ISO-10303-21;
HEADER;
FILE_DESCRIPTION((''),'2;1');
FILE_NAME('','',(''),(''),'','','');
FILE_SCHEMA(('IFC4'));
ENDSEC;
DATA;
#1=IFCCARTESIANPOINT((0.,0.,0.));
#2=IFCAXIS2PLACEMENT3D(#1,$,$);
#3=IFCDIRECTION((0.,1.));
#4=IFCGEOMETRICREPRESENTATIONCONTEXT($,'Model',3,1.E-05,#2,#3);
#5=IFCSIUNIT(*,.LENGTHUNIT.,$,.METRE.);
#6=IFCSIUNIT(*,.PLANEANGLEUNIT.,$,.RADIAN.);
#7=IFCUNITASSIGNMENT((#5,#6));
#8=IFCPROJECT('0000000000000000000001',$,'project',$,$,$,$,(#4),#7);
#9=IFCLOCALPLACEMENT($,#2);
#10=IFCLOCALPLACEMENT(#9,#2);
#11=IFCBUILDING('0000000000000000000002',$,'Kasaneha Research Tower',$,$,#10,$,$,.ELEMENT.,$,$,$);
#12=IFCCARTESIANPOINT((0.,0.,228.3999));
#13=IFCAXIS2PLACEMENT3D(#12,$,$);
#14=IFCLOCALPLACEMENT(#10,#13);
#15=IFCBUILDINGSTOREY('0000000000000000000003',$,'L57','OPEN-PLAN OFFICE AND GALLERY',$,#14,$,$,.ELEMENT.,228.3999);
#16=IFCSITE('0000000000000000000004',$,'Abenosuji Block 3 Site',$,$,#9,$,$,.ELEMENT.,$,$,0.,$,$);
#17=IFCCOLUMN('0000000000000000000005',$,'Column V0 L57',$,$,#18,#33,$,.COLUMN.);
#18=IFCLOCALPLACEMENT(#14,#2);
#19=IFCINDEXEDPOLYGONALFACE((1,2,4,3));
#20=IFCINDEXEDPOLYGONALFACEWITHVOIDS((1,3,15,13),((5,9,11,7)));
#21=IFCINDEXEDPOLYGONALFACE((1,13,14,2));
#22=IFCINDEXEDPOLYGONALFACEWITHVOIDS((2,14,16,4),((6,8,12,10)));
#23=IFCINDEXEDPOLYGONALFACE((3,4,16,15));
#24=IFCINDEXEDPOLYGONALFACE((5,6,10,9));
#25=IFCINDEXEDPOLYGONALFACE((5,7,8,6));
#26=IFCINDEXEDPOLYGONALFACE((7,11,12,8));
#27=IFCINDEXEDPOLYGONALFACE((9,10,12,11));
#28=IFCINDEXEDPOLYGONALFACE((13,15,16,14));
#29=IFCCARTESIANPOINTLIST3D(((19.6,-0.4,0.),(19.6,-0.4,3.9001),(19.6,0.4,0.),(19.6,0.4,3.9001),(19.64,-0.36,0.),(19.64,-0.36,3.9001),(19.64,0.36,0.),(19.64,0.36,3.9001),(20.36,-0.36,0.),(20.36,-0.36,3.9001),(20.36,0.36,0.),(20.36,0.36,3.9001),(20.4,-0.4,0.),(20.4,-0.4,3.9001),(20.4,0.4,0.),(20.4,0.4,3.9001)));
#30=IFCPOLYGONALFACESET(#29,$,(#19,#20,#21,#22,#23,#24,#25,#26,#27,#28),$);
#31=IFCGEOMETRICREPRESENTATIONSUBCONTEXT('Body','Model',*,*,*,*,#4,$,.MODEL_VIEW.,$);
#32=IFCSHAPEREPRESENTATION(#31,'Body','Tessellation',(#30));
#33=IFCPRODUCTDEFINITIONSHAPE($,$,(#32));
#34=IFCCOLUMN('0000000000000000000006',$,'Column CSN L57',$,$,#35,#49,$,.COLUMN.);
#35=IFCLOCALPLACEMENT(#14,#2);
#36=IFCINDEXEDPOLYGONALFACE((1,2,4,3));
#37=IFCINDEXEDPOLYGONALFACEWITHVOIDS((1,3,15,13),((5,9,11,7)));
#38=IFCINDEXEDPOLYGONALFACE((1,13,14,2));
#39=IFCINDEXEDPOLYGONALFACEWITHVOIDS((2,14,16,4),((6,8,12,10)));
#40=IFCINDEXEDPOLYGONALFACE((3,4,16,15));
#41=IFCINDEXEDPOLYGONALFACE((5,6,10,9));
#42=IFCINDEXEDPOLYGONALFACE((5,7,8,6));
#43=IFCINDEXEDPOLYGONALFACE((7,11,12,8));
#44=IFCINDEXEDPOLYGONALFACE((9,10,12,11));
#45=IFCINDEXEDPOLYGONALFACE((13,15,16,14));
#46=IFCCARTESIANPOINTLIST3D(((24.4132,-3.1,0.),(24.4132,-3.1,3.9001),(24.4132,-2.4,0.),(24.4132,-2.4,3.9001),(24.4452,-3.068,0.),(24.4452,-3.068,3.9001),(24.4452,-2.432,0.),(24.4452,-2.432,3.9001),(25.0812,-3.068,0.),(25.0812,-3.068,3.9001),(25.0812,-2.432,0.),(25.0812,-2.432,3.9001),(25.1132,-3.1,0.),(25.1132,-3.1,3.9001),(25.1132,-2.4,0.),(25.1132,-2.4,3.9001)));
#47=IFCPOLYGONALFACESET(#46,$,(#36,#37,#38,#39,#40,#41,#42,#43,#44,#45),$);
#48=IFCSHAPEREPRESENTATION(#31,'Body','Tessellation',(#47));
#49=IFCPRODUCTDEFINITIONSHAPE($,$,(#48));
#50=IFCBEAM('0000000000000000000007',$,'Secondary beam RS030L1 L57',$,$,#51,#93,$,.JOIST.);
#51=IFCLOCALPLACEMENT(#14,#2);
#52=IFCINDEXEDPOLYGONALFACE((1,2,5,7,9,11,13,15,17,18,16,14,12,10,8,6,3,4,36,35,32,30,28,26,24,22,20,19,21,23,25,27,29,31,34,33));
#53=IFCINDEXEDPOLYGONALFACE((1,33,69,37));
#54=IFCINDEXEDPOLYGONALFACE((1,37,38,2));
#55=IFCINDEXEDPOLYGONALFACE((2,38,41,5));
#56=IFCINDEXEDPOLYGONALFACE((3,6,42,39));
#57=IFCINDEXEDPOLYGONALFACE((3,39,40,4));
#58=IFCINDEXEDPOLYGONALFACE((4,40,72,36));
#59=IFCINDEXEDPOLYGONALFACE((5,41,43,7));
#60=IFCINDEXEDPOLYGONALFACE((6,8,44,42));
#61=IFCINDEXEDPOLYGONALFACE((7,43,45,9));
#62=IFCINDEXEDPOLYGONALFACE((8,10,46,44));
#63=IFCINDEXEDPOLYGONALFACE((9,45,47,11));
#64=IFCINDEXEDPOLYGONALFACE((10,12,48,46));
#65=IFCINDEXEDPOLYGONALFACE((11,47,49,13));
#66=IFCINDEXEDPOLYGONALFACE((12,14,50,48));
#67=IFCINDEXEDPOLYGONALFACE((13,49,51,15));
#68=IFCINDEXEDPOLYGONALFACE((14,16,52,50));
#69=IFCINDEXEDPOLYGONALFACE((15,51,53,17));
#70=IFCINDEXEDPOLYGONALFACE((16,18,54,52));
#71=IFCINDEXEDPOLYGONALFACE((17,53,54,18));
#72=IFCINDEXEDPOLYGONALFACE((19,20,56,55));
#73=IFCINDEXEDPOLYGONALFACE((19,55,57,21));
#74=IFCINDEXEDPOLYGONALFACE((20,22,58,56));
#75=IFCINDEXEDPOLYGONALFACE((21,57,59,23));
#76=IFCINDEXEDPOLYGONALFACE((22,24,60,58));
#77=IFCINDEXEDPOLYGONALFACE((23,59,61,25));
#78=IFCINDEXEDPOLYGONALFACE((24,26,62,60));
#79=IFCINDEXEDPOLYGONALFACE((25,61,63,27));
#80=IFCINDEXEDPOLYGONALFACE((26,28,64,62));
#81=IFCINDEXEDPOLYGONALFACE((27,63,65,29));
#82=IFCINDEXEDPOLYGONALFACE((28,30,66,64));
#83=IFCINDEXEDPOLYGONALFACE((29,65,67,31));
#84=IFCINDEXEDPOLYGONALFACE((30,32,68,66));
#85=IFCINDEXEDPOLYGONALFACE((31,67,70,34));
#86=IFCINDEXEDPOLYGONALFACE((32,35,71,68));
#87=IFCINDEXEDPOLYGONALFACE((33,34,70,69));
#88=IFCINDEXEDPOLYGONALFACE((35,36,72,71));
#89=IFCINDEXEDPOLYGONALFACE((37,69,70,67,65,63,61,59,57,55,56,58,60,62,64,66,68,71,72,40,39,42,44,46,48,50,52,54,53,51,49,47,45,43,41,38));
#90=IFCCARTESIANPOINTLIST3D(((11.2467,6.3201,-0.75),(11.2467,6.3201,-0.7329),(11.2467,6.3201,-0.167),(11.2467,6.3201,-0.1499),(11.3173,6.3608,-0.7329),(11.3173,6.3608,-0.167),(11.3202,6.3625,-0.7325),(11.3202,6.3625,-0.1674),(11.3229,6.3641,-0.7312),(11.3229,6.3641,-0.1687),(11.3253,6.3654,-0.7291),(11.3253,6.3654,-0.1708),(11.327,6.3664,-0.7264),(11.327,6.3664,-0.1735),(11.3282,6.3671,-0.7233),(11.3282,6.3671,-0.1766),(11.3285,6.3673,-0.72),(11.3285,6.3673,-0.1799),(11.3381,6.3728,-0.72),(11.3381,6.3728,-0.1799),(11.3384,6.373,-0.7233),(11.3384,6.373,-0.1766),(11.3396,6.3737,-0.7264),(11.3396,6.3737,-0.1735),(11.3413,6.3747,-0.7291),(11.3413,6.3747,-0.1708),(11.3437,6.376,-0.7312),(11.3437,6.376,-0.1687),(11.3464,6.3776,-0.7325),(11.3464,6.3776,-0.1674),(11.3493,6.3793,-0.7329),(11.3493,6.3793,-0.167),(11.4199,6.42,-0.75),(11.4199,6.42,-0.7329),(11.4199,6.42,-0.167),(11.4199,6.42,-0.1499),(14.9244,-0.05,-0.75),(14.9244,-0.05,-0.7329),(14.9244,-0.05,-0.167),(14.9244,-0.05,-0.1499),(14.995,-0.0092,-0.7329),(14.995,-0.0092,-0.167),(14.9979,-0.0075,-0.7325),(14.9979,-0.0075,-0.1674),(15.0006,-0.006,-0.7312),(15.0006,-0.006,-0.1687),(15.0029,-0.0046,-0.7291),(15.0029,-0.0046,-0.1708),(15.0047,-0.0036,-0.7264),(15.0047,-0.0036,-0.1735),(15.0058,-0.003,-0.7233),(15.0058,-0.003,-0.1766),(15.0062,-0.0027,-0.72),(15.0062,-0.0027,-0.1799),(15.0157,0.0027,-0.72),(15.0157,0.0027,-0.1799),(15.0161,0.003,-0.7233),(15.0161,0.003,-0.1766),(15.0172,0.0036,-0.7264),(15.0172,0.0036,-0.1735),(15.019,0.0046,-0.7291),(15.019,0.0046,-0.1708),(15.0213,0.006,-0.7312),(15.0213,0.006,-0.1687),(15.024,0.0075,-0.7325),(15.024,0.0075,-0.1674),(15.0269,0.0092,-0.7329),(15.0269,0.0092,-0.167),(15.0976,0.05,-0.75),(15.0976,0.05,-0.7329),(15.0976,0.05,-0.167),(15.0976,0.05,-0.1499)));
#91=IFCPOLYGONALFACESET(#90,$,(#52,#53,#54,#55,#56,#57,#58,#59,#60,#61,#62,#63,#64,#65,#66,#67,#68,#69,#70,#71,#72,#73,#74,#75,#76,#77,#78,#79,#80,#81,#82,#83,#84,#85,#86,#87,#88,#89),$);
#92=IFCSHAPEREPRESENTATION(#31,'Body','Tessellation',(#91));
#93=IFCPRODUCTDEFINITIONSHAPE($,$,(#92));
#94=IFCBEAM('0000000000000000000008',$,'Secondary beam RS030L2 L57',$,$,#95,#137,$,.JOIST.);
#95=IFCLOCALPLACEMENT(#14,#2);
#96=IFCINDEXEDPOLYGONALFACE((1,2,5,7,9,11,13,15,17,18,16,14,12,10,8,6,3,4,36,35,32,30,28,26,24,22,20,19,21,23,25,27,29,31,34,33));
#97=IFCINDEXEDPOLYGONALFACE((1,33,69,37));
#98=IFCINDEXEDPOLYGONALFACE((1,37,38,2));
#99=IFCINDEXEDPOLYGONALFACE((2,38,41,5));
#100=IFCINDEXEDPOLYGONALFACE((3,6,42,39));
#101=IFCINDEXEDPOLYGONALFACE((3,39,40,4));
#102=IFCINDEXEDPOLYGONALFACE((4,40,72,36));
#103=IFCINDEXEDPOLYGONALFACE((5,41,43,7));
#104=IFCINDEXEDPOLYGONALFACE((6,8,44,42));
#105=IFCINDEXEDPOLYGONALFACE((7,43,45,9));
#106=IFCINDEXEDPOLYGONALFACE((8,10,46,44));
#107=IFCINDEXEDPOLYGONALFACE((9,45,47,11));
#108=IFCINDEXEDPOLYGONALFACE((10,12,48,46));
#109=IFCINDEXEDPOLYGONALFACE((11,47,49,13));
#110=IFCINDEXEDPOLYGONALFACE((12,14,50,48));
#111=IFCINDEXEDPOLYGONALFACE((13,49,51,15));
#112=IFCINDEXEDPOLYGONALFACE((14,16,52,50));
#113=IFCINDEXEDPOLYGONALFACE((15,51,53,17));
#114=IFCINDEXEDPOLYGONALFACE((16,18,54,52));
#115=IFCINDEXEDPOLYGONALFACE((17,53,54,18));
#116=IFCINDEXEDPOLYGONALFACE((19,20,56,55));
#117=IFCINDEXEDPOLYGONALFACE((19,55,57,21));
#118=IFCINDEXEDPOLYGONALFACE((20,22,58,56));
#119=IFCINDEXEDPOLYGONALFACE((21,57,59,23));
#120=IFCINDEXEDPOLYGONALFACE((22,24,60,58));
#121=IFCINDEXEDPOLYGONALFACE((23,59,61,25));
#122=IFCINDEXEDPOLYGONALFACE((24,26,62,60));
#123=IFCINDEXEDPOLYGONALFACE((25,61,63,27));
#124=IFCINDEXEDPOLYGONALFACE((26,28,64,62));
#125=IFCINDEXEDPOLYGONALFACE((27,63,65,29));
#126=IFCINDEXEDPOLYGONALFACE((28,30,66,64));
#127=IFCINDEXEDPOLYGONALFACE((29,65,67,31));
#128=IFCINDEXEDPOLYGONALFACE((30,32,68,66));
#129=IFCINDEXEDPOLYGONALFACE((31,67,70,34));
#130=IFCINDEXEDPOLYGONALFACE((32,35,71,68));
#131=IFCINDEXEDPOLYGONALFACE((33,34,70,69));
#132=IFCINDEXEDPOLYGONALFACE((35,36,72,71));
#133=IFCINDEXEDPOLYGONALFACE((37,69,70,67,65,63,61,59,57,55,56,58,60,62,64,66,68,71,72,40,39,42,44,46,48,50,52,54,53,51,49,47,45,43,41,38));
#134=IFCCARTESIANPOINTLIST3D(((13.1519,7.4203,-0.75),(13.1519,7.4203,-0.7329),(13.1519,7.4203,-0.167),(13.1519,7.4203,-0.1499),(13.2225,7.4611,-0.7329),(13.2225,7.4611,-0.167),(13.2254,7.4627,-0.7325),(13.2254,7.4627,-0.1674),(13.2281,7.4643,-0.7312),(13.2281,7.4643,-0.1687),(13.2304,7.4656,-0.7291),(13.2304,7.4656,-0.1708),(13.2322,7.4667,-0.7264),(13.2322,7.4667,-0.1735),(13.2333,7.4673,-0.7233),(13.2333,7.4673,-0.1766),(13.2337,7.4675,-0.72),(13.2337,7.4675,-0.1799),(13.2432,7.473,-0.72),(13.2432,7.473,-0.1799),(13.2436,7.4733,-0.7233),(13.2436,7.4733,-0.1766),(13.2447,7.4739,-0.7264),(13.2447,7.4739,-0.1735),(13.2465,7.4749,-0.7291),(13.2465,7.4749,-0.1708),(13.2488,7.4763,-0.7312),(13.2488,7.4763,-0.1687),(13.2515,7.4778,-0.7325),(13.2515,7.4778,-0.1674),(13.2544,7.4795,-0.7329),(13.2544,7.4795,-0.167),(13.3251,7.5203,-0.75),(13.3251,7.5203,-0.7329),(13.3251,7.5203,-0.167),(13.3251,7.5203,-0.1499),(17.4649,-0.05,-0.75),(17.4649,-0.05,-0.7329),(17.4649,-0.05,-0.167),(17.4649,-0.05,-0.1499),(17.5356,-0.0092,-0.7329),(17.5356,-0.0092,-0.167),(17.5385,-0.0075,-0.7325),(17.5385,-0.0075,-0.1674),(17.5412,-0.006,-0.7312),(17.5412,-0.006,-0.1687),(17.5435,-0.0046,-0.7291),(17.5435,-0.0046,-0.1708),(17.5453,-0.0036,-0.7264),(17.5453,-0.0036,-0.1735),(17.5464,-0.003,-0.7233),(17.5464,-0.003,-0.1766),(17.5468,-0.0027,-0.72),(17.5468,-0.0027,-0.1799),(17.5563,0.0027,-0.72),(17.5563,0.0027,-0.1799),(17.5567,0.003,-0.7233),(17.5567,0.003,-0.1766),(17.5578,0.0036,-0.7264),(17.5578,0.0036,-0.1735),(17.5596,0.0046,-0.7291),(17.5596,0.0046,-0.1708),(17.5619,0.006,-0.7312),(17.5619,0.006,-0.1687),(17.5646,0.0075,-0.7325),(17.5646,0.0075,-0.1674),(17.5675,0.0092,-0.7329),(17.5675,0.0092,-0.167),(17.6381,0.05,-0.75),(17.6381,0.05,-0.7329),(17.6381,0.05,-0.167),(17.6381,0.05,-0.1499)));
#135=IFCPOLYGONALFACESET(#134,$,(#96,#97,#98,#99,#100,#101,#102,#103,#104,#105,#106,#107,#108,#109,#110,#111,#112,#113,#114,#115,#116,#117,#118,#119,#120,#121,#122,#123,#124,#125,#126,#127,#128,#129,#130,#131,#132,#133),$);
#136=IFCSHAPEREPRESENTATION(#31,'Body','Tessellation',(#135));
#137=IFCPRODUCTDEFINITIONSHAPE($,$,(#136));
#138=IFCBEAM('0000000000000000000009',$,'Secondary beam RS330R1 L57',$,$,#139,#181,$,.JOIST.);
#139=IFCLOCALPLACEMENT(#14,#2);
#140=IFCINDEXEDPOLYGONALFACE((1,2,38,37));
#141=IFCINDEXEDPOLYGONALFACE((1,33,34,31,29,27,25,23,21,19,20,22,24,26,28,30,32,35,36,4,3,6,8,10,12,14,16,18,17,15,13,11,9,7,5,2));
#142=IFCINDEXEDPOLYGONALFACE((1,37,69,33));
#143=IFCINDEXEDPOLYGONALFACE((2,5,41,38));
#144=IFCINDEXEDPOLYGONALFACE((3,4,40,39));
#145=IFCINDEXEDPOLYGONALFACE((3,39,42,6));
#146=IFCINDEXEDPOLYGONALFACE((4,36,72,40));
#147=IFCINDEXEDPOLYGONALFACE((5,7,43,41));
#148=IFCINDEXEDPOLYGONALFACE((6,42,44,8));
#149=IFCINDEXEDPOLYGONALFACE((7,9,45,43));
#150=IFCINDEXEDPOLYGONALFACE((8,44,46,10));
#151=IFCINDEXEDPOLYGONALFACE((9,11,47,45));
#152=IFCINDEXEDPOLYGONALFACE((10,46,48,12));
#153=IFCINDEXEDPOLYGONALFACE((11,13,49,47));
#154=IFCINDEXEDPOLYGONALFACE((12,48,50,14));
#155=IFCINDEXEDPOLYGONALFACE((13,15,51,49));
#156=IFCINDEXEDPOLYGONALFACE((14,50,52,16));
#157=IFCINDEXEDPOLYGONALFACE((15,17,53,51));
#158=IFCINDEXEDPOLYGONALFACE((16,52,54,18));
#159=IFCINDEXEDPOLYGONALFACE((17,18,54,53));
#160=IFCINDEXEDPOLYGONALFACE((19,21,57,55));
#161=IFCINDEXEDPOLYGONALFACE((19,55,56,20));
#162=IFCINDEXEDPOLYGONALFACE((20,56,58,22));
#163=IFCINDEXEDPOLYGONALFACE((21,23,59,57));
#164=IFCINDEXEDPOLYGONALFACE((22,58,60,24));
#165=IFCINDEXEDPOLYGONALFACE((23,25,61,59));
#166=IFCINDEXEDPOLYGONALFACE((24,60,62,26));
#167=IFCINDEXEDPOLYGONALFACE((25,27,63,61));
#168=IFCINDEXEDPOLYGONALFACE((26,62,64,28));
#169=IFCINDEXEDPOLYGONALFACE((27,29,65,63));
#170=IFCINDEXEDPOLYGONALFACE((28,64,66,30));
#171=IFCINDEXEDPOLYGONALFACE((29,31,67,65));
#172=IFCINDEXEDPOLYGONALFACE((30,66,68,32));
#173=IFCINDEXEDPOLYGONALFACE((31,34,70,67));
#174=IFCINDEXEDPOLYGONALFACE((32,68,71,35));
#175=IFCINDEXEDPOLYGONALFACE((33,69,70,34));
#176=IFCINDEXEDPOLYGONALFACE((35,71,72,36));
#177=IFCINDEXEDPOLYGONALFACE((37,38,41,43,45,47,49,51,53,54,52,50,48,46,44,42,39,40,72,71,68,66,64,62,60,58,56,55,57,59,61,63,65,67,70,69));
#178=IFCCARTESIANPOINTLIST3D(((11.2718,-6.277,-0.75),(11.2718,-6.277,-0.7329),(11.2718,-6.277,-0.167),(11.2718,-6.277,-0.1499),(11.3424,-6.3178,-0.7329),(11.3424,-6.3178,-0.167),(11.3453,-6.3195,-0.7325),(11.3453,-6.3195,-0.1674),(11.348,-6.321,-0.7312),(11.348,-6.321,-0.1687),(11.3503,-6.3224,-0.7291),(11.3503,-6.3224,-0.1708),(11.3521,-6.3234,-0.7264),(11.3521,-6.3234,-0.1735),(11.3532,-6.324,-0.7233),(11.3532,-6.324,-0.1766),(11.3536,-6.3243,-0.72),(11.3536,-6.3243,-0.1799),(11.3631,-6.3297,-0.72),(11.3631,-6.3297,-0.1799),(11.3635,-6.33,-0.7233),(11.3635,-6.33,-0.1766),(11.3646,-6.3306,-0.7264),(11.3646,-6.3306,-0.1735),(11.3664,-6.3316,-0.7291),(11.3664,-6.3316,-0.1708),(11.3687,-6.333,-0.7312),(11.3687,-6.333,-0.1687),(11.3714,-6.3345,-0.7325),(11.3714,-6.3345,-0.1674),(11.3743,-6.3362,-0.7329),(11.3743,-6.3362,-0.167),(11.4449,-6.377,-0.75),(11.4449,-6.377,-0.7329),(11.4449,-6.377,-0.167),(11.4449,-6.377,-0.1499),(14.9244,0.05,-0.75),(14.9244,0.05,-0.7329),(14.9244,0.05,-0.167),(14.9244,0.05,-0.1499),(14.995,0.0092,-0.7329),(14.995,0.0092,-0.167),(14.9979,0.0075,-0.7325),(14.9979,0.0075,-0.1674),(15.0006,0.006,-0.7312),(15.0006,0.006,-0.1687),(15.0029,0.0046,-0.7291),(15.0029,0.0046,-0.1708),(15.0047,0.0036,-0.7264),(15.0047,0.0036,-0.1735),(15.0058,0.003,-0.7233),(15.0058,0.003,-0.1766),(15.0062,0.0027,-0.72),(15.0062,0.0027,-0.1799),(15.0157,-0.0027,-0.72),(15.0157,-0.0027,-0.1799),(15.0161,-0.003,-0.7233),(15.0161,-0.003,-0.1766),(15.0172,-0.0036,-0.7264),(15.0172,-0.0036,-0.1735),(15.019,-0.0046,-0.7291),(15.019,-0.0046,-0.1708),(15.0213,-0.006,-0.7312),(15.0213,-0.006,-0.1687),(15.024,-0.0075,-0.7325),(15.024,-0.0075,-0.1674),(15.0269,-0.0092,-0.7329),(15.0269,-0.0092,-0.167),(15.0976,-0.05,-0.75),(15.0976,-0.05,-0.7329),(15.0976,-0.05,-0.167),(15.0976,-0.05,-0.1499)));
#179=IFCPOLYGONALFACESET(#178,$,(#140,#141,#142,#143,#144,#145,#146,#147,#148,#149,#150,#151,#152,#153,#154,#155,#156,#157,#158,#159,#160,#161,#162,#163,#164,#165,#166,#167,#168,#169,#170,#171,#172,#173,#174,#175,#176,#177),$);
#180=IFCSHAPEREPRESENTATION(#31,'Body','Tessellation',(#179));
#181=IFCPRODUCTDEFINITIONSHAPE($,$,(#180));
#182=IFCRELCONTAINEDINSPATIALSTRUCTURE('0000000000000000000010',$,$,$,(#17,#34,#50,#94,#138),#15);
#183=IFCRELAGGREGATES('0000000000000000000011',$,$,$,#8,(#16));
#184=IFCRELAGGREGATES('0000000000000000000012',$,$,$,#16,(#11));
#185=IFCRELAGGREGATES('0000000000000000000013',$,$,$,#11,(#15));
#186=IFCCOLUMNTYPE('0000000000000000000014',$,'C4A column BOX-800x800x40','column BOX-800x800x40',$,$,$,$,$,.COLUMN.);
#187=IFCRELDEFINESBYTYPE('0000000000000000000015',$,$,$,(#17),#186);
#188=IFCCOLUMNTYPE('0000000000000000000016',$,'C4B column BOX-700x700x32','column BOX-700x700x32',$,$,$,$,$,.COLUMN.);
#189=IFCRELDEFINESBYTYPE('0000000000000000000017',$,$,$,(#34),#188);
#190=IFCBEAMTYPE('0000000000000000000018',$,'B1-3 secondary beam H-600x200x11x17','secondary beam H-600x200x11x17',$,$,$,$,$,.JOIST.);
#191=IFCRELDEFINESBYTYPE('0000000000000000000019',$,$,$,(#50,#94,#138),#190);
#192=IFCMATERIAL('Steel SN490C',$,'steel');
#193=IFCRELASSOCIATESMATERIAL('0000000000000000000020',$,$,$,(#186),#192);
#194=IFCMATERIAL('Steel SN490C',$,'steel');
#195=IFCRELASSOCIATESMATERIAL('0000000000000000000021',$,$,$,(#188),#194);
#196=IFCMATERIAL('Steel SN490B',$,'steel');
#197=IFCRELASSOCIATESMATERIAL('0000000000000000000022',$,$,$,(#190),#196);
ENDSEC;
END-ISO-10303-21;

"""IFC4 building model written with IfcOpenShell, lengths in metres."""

from ifc_helpers import new_model, si_unit, direction, frame, origin, origin_2d, place, context, subcontext, project, spatial, hollow_rectangle, i_section, extrude, material, material_profile, profile_set, type_object, element, save


model = new_model("IFC4")

# Units and contexts
model_context = context("Model", 3, precision=1e-05, world=origin(), true_north=direction((0.0, 1.0)))
body_context = subcontext(model_context, "Body", "Model", "MODEL_VIEW")
ifc_project = project(units=[si_unit("LENGTHUNIT", "METRE"), si_unit("PLANEANGLEUNIT", "RADIAN")], contexts=[model_context])

# Site, building, storey
site_placement = place(None, origin())
site = spatial("IfcSite", under=ifc_project, at=site_placement, Name="Abenosuji Block 3 Site", CompositionType="ELEMENT", RefElevation=0.0)
building_placement = place(site_placement, origin())
building = spatial("IfcBuilding", under=site, at=building_placement, Name="Kasaneha Research Tower", CompositionType="ELEMENT")
storey_placement = place(building_placement, frame((0.0, 0.0, 228.3999)))
storey = spatial("IfcBuildingStorey", under=building, at=storey_placement, Name="L57", Description="OPEN-PLAN OFFICE AND GALLERY", CompositionType="ELEMENT", Elevation=228.3999)

# Columns
ifc_material_1 = material(Name="Steel SN490C", Category="steel")
ifc_material_profile_1 = material_profile(ifc_material_1, hollow_rectangle(XDim=0.8, YDim=0.8, WallThickness=0.04, at=origin_2d()), Name="BOX-800x800x40")
ifc_profile_set_1 = profile_set([ifc_material_profile_1], Name="Steel SN490C")
column_type_1 = type_object("IfcColumnType", Name="C4A column BOX-800x800x40", Description="column BOX-800x800x40", PredefinedType="COLUMN", material=ifc_profile_set_1)
column_1_placement = place(storey_placement, frame((20.0, 0.0, 0.0), z_axis=(0.0, 0.0, 1.0), x_axis=(1.0, 0.0, 0.0)))
element("IfcColumn", 1, at=column_1_placement, inside=storey, type_object=column_type_1, Name="Column V0 L57", PredefinedType="COLUMN", context=body_context, shape_type="SweptSolid", body=[
    extrude(hollow_rectangle(XDim=0.8, YDim=0.8, WallThickness=0.04, at=origin_2d()), origin(), (0.0, 0.0, 1.0), 3.9001),
])
ifc_material_2 = material(Name="Steel SN490C", Category="steel")
ifc_material_profile_2 = material_profile(ifc_material_2, hollow_rectangle(XDim=0.7, YDim=0.7, WallThickness=0.032, at=origin_2d()), Name="BOX-700x700x32")
ifc_profile_set_2 = profile_set([ifc_material_profile_2], Name="Steel SN490C")
column_type_2 = type_object("IfcColumnType", Name="C4B column BOX-700x700x32", Description="column BOX-700x700x32", PredefinedType="COLUMN", material=ifc_profile_set_2)
column_2_placement = place(storey_placement, frame((24.7632, -2.75, 0.0), z_axis=(0.0, 0.0, 1.0), x_axis=(1.0, 0.0, 0.0)))
element("IfcColumn", 2, at=column_2_placement, inside=storey, type_object=column_type_2, Name="Column CSN L57", PredefinedType="COLUMN", context=body_context, shape_type="SweptSolid", body=[
    extrude(hollow_rectangle(XDim=0.7, YDim=0.7, WallThickness=0.032, at=origin_2d()), origin(), (0.0, 0.0, 1.0), 3.9001),
])

# Beams
ifc_material_3 = material(Name="Steel SN490B", Category="steel")
ifc_material_profile_3 = material_profile(ifc_material_3, i_section(OverallWidth=0.2, OverallDepth=0.6001, WebThickness=0.011, FlangeThickness=0.0171, FilletRadius=0.0129, at=origin_2d()), Name="H-600x200x11x17")
ifc_profile_set_3 = profile_set([ifc_material_profile_3], Name="Steel SN490B")
beam_type_1 = type_object("IfcBeamType", Name="B1-3 secondary beam H-600x200x11x17", Description="secondary beam H-600x200x11x17", PredefinedType="JOIST", material=ifc_profile_set_3)
beam_1_placement = place(storey_placement, frame((15.011, 0.0, -0.45), z_axis=(-0.499994, 0.866029, 0.0), x_axis=(-0.866029, -0.499994, 0.0)))
element("IfcBeam", 3, at=beam_1_placement, inside=storey, type_object=beam_type_1, Name="Secondary beam RS030L1 L57", PredefinedType="JOIST", context=body_context, shape_type="SweptSolid", body=[
    extrude(i_section(OverallWidth=0.2, OverallDepth=0.6001, WebThickness=0.011, FlangeThickness=0.0171, FilletRadius=0.0129, at=origin_2d()), origin(), (0.0, 0.0, 1.0), 7.3555),
])
beam_2_placement = place(storey_placement, frame((17.5515, 0.0, -0.45), z_axis=(-0.500005, 0.866023, 0.0), x_axis=(-0.866023, -0.500005, 0.0)))
element("IfcBeam", 4, at=beam_2_placement, inside=storey, type_object=beam_type_1, Name="Secondary beam RS030L2 L57", PredefinedType="JOIST", context=body_context, shape_type="SweptSolid", body=[
    extrude(i_section(OverallWidth=0.2, OverallDepth=0.6001, WebThickness=0.011, FlangeThickness=0.0171, FilletRadius=0.0129, at=origin_2d()), origin(), (0.0, 0.0, 1.0), 8.626),
])
beam_3_placement = place(storey_placement, frame((15.011, 0.0, -0.45), z_axis=(-0.499974, -0.86604, 0.0), x_axis=(0.86604, -0.499974, 0.0)))
element("IfcBeam", 5, at=beam_3_placement, inside=storey, type_object=beam_type_1, Name="Secondary beam RS330R1 L57", PredefinedType="JOIST", context=body_context, shape_type="SweptSolid", body=[
    extrude(i_section(OverallWidth=0.2, OverallDepth=0.6001, WebThickness=0.011, FlangeThickness=0.0171, FilletRadius=0.0129, at=origin_2d()), origin(), (0.0, 0.0, 1.0), 7.3057),
])

save(model, "model.ifc")
